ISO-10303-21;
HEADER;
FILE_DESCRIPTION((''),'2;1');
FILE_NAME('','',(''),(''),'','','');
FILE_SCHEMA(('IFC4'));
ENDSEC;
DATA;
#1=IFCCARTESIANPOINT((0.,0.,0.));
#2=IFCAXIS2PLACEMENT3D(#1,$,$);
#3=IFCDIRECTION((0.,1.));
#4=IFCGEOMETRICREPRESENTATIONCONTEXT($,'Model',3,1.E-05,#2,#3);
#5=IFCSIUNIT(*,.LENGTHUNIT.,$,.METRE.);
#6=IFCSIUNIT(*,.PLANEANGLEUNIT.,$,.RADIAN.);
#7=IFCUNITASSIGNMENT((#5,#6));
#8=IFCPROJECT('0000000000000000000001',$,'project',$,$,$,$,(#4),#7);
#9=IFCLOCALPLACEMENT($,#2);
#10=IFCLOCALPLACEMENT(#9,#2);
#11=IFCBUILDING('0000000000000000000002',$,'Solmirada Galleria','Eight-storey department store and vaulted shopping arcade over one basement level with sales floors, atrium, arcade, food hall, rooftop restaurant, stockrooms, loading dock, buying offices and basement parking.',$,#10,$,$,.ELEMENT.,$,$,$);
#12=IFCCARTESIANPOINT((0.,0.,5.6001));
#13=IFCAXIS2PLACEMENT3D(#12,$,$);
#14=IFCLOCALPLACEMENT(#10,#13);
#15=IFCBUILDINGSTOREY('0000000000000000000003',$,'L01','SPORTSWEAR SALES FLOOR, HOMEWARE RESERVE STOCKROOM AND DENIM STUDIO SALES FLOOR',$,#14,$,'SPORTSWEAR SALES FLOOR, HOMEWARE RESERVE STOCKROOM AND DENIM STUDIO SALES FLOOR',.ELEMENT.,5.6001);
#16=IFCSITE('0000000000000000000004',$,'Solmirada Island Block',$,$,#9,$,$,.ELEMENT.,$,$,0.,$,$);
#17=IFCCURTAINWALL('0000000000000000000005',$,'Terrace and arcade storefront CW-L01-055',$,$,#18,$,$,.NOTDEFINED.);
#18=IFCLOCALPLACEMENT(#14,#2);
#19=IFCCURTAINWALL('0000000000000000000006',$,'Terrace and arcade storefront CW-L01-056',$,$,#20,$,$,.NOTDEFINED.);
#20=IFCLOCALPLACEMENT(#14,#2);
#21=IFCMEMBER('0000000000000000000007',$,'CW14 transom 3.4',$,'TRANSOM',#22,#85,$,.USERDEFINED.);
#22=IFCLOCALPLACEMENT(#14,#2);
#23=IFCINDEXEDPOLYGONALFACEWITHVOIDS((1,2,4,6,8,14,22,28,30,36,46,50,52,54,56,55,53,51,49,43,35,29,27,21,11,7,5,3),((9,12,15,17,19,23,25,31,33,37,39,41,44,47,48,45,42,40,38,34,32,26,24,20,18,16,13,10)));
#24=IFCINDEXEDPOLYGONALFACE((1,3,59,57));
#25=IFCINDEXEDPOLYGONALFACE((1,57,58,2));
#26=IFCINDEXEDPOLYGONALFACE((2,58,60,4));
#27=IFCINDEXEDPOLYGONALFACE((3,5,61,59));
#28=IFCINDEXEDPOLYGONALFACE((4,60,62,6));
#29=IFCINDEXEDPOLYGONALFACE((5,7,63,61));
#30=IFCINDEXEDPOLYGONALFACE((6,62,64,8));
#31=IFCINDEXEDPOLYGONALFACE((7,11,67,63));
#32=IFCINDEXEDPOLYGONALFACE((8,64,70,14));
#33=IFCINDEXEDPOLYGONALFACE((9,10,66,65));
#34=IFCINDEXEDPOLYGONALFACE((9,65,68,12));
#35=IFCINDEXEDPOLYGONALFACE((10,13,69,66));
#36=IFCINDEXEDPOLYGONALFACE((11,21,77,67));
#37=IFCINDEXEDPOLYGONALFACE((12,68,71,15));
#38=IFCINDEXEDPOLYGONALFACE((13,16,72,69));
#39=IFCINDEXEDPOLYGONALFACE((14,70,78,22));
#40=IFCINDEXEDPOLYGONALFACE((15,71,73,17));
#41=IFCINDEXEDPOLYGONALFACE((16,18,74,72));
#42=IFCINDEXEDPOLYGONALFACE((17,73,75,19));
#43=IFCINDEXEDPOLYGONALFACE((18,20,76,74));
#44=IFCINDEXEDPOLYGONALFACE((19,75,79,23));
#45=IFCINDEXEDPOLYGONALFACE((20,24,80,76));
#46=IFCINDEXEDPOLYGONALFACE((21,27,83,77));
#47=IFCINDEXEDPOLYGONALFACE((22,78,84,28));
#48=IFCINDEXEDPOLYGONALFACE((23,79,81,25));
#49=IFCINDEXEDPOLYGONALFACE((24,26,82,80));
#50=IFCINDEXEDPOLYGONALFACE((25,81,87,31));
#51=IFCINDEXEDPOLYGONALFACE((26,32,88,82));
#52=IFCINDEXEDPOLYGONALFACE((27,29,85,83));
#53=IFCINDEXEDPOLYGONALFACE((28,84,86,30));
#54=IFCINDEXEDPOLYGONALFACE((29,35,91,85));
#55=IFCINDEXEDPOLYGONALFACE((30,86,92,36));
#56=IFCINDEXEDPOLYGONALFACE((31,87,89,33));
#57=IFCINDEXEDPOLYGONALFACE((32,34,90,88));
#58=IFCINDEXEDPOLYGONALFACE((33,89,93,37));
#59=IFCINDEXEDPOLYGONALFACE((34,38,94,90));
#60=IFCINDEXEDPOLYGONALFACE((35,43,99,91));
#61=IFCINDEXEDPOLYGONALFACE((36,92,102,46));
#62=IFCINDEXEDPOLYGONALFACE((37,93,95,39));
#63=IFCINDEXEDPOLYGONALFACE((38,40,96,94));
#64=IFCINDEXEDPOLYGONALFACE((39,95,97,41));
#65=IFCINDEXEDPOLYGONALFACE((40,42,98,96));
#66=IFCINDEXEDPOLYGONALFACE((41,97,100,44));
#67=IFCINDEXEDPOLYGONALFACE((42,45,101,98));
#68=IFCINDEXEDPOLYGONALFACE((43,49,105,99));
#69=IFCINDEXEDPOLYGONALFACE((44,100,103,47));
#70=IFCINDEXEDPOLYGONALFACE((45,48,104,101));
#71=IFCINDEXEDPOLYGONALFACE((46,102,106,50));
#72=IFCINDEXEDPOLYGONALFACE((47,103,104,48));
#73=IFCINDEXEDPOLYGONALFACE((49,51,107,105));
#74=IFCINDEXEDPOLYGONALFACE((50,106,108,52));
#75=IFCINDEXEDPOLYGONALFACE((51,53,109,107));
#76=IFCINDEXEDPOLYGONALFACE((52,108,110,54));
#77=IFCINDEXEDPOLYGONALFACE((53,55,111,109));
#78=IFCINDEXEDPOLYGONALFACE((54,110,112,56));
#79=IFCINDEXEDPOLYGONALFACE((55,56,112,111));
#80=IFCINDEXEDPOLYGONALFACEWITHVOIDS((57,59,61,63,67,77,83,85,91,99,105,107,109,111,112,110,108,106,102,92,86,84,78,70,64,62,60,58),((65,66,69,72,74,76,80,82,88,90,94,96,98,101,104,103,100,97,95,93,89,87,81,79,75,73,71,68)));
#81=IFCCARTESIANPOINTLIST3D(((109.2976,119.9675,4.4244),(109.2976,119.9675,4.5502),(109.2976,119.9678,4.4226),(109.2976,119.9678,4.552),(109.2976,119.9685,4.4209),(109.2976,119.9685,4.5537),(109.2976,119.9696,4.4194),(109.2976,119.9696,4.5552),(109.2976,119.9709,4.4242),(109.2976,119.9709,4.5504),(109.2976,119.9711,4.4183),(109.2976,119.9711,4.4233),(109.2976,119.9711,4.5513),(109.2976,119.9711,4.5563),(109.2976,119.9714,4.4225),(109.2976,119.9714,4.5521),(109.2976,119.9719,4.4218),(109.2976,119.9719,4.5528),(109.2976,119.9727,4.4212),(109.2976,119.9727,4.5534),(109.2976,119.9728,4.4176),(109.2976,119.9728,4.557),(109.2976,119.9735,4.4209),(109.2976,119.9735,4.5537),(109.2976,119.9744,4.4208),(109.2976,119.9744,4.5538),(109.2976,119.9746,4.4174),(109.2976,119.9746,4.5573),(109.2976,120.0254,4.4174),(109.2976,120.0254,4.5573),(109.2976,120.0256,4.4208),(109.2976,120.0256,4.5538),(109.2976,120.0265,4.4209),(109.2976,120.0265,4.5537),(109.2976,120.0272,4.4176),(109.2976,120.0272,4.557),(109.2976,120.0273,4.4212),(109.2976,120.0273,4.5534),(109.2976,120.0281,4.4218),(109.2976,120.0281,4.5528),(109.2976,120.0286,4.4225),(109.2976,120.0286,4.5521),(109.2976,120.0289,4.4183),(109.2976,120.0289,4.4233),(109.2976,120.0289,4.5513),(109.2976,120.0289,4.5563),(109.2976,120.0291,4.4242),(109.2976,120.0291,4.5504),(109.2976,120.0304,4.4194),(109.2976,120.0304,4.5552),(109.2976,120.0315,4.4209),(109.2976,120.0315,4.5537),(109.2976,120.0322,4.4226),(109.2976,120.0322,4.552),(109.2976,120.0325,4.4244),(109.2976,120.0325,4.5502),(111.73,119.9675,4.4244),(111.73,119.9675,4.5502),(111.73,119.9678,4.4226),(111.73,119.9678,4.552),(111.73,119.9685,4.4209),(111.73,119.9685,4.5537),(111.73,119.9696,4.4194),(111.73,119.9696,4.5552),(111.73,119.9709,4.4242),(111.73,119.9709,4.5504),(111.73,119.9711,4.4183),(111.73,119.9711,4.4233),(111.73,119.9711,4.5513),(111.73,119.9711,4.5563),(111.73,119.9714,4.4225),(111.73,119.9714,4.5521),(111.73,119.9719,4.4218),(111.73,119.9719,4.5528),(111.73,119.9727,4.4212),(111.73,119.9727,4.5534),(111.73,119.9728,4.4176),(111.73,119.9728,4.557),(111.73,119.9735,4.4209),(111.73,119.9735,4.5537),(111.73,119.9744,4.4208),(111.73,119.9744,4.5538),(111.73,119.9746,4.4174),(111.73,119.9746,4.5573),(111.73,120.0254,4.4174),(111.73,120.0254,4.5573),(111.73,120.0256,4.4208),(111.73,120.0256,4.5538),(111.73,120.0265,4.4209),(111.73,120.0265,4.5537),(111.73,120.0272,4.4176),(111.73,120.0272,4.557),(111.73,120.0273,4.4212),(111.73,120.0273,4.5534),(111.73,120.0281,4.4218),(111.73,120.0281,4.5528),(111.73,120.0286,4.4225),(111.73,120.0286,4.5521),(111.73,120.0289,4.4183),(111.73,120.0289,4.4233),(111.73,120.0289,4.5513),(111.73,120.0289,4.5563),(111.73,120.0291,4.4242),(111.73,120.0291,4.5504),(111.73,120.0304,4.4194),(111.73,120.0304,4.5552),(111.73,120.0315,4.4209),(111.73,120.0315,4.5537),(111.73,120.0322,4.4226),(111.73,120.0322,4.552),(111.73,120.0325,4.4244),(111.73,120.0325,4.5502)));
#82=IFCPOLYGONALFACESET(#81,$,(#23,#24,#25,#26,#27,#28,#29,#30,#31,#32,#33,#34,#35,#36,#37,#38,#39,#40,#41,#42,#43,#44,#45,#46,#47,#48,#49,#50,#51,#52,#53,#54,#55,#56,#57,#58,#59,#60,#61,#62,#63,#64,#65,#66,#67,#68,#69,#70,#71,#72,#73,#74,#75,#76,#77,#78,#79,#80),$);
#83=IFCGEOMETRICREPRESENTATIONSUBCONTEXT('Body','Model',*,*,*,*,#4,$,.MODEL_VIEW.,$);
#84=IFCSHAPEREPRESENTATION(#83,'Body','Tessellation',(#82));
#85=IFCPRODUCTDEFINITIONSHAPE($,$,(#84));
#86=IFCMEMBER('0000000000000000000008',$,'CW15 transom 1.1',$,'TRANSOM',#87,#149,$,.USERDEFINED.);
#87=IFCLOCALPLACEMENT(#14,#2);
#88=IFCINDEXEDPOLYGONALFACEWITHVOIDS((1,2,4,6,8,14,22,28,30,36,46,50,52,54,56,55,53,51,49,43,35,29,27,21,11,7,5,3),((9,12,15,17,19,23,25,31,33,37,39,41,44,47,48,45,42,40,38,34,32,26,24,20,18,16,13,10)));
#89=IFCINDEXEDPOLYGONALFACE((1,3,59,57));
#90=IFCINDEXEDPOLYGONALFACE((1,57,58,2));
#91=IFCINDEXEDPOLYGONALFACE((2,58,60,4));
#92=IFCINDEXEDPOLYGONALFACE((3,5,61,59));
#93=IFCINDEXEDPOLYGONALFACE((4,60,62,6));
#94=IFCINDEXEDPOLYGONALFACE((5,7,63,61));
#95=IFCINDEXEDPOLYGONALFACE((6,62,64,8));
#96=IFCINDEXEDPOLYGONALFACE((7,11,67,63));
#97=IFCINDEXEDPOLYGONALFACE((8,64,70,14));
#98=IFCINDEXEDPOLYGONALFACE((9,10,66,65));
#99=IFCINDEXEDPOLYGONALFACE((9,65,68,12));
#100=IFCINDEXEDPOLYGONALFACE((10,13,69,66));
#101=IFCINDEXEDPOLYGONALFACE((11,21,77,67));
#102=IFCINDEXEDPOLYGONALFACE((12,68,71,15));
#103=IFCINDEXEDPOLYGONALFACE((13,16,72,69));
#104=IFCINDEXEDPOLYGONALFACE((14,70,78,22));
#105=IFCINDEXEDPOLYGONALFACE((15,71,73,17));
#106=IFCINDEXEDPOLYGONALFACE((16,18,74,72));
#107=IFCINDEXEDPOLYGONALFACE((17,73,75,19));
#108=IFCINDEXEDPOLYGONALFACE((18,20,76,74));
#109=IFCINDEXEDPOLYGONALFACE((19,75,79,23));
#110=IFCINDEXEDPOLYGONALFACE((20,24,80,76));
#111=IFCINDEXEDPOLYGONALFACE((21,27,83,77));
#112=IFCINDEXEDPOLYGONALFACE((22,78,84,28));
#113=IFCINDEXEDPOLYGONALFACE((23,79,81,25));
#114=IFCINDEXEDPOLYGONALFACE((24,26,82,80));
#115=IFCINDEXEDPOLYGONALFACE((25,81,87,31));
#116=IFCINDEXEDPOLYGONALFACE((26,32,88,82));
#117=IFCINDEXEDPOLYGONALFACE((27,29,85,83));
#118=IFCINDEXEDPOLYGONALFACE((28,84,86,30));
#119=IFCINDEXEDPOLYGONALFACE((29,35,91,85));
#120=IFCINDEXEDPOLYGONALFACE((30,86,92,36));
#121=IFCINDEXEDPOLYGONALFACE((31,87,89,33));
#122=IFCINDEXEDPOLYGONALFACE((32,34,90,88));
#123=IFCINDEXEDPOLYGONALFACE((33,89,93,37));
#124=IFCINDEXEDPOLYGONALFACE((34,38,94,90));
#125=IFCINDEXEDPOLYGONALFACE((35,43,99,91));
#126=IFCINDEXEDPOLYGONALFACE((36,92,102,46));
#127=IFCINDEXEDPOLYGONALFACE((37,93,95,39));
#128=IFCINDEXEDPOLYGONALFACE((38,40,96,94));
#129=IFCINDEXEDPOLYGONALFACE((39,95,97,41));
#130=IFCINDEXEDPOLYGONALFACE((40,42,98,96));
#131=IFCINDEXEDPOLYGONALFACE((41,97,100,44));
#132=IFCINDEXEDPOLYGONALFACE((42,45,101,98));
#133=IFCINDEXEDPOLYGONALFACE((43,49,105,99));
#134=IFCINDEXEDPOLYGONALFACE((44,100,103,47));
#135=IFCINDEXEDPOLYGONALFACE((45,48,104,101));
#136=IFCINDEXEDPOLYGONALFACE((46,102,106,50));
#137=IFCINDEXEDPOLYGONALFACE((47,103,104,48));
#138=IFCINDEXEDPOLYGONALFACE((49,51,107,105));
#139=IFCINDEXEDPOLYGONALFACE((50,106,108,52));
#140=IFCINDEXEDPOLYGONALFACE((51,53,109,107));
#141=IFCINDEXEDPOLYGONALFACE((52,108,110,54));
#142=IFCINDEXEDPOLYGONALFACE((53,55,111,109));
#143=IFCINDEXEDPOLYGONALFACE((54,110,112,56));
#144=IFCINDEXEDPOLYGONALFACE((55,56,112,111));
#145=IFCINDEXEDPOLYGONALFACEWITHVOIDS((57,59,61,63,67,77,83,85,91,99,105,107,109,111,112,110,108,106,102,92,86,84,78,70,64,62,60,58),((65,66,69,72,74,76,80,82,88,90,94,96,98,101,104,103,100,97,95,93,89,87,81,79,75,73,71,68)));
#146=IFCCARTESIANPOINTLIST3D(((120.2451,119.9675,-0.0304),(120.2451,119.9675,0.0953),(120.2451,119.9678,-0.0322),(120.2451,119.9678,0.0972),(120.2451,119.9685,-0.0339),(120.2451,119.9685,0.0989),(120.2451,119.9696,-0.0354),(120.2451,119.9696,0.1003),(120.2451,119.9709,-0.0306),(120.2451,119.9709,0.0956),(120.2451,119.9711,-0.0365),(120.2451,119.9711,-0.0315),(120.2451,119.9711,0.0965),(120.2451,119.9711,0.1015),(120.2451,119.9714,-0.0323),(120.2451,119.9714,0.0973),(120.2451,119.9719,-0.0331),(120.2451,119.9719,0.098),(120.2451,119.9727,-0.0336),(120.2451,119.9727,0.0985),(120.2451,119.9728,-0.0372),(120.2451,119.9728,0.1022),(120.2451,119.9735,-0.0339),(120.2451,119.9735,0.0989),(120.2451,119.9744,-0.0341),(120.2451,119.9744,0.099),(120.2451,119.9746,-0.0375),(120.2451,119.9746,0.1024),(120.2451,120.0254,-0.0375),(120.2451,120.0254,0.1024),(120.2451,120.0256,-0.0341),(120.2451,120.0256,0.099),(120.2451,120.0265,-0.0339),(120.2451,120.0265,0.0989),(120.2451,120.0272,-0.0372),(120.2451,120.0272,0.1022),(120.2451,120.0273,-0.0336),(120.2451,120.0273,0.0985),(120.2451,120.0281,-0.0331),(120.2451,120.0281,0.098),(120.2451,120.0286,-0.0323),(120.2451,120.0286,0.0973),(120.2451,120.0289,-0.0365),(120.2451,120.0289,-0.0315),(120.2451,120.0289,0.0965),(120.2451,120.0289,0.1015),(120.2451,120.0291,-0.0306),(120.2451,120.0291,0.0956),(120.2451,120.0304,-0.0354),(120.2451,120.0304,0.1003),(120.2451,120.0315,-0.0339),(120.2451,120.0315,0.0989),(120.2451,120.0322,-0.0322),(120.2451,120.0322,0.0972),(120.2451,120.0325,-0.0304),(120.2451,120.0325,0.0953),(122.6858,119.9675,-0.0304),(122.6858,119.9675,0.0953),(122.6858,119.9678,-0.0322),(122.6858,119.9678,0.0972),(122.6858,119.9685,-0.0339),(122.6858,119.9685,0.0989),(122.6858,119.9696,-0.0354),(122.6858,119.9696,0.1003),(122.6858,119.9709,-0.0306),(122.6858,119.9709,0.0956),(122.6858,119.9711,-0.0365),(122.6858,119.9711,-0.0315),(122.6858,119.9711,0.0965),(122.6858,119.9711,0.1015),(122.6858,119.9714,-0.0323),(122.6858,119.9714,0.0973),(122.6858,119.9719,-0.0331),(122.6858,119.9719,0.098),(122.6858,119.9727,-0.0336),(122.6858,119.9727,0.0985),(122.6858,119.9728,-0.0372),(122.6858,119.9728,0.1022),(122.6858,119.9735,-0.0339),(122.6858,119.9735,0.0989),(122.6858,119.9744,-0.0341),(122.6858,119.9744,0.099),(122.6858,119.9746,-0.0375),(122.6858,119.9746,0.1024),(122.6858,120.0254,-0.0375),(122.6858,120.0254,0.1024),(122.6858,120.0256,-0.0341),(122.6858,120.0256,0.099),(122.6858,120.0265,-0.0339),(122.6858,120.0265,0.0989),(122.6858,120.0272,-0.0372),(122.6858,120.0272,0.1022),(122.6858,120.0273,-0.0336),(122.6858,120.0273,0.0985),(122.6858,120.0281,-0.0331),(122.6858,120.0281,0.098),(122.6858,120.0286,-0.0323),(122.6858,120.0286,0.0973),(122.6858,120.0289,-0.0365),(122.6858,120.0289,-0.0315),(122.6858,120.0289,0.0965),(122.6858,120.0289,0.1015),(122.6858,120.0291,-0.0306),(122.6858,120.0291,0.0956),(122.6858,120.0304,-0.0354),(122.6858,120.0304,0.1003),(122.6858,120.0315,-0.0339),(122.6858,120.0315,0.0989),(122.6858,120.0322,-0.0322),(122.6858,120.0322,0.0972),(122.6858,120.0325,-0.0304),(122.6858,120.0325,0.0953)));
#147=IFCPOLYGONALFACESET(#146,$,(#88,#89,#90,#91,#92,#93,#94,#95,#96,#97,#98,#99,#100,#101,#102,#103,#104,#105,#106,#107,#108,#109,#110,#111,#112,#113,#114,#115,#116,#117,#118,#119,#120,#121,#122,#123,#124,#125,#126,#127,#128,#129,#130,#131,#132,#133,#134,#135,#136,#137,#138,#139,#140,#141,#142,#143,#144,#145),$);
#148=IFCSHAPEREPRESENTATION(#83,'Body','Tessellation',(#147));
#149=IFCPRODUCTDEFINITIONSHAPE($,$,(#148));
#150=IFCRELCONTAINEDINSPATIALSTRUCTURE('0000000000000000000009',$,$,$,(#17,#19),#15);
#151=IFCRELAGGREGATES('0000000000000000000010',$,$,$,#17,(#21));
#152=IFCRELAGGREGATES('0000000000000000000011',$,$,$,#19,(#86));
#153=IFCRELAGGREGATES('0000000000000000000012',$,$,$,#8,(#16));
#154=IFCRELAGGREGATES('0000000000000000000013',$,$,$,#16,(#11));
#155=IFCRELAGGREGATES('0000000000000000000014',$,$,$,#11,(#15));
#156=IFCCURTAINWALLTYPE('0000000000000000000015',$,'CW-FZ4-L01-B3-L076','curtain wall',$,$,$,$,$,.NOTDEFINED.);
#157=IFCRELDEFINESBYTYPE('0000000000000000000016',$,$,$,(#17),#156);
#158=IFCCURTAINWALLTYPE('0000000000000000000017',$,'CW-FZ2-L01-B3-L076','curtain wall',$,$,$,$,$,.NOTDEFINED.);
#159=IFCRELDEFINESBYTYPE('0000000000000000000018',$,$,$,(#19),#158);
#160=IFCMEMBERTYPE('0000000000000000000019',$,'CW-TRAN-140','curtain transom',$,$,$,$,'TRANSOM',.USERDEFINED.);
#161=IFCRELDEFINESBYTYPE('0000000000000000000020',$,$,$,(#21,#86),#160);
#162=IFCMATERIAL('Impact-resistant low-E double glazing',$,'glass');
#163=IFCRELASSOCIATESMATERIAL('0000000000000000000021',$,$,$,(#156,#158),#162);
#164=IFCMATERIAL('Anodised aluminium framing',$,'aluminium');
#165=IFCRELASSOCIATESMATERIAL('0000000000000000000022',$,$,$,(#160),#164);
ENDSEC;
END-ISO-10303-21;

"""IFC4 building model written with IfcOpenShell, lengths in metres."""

from ifc_helpers import new_model, si_unit, direction, frame, origin, origin_2d, place, context, subcontext, project, spatial, hollow_rectangle, extrude, material, material_profile, profile_set, type_object, element, aggregate, save


model = new_model("IFC4")

# Units and contexts
model_context = context("Model", 3, precision=1e-05, world=origin(), true_north=direction((0.0, 1.0)))
body_context = subcontext(model_context, "Body", "Model", "MODEL_VIEW")
ifc_project = project(units=[si_unit("LENGTHUNIT", "METRE"), si_unit("PLANEANGLEUNIT", "RADIAN")], contexts=[model_context])

# Site, building, storey
site_placement = place(None, origin())
site = spatial("IfcSite", under=ifc_project, at=site_placement, Name="Solmirada Island Block", CompositionType="ELEMENT", RefElevation=0.0)
building_placement = place(site_placement, origin())
building = spatial("IfcBuilding", under=site, at=building_placement, Name="Solmirada Galleria", Description="Eight-storey department store and vaulted shopping arcade over one basement level with sales floors, atrium, arcade, food hall, rooftop restaurant, stockrooms, loading dock, buying offices and basement parking.", CompositionType="ELEMENT")
storey_placement = place(building_placement, frame((0.0, 0.0, 5.6001)))
storey = spatial("IfcBuildingStorey", under=building, at=storey_placement, Name="L01", Description="SPORTSWEAR SALES FLOOR, HOMEWARE RESERVE STOCKROOM AND DENIM STUDIO SALES FLOOR", LongName="SPORTSWEAR SALES FLOOR, HOMEWARE RESERVE STOCKROOM AND DENIM STUDIO SALES FLOOR", CompositionType="ELEMENT", Elevation=5.6001)

# Curtain walls
ifc_material_1 = material(Name="Impact-resistant low-E double glazing", Category="glass")
curtain_wall_type_1 = type_object("IfcCurtainWallType", Name="CW-FZ4-L01-B3-L076", Description="curtain wall", PredefinedType="NOTDEFINED", material=ifc_material_1)
curtain_wall_1_placement = place(storey_placement, origin())
curtain_wall_1 = element("IfcCurtainWall", 1, at=curtain_wall_1_placement, inside=storey, type_object=curtain_wall_type_1, Name="Terrace and arcade storefront CW-L01-055", PredefinedType="NOTDEFINED")
ifc_material_2 = material(Name="Anodised aluminium framing", Category="aluminium")
curtain_wall_type_2 = type_object("IfcCurtainWallType", Name="CW-FZ2-L01-B3-L076", Description="curtain wall", PredefinedType="NOTDEFINED", material=ifc_material_1)
curtain_wall_2_placement = place(storey_placement, origin())
curtain_wall_2 = element("IfcCurtainWall", 2, at=curtain_wall_2_placement, inside=storey, type_object=curtain_wall_type_2, Name="Terrace and arcade storefront CW-L01-056", PredefinedType="NOTDEFINED")

# Members
ifc_material_profile_1 = material_profile(ifc_material_2, hollow_rectangle(XDim=0.0649, YDim=0.1399, WallThickness=0.0034, InnerFilletRadius=0.0034, OuterFilletRadius=0.0071, at=origin_2d()), Name="ALU-TRAN-140X65")
ifc_profile_set_1 = profile_set([ifc_material_profile_1], Name="Anodised aluminium framing")
member_type_1 = type_object("IfcMemberType", Name="CW-TRAN-140", Description="curtain transom", ElementType="TRANSOM", PredefinedType="USERDEFINED", material=ifc_profile_set_1)
member_1_placement = place(storey_placement, frame((109.2976, 120.0, 4.4873), z_axis=(1.0, 0.0, 0.0), x_axis=(0.0, 1.0, 0.0)))
member_1 = element("IfcMember", 3, at=member_1_placement, type_object=member_type_1, Name="CW14 transom 3.4", ObjectType="TRANSOM", PredefinedType="USERDEFINED", context=body_context, shape_type="SweptSolid", body=[
    extrude(hollow_rectangle(XDim=0.0649, YDim=0.1399, WallThickness=0.0034, InnerFilletRadius=0.0034, OuterFilletRadius=0.0071, at=origin_2d()), origin(), (0.0, 0.0, 1.0), 2.4324),
])
member_2_placement = place(storey_placement, frame((120.2451, 120.0, 0.0325), z_axis=(1.0, 0.0, 0.0), x_axis=(0.0, 1.0, 0.0)))
member_2 = element("IfcMember", 4, at=member_2_placement, type_object=member_type_1, Name="CW15 transom 1.1", ObjectType="TRANSOM", PredefinedType="USERDEFINED", context=body_context, shape_type="SweptSolid", body=[
    extrude(hollow_rectangle(XDim=0.0649, YDim=0.1399, WallThickness=0.0034, InnerFilletRadius=0.0034, OuterFilletRadius=0.0071, at=origin_2d()), origin(), (0.0, 0.0, 1.0), 2.4407),
])

aggregate(curtain_wall_1, [member_1])
aggregate(curtain_wall_2, [member_2])

save(model, "model.ifc")
